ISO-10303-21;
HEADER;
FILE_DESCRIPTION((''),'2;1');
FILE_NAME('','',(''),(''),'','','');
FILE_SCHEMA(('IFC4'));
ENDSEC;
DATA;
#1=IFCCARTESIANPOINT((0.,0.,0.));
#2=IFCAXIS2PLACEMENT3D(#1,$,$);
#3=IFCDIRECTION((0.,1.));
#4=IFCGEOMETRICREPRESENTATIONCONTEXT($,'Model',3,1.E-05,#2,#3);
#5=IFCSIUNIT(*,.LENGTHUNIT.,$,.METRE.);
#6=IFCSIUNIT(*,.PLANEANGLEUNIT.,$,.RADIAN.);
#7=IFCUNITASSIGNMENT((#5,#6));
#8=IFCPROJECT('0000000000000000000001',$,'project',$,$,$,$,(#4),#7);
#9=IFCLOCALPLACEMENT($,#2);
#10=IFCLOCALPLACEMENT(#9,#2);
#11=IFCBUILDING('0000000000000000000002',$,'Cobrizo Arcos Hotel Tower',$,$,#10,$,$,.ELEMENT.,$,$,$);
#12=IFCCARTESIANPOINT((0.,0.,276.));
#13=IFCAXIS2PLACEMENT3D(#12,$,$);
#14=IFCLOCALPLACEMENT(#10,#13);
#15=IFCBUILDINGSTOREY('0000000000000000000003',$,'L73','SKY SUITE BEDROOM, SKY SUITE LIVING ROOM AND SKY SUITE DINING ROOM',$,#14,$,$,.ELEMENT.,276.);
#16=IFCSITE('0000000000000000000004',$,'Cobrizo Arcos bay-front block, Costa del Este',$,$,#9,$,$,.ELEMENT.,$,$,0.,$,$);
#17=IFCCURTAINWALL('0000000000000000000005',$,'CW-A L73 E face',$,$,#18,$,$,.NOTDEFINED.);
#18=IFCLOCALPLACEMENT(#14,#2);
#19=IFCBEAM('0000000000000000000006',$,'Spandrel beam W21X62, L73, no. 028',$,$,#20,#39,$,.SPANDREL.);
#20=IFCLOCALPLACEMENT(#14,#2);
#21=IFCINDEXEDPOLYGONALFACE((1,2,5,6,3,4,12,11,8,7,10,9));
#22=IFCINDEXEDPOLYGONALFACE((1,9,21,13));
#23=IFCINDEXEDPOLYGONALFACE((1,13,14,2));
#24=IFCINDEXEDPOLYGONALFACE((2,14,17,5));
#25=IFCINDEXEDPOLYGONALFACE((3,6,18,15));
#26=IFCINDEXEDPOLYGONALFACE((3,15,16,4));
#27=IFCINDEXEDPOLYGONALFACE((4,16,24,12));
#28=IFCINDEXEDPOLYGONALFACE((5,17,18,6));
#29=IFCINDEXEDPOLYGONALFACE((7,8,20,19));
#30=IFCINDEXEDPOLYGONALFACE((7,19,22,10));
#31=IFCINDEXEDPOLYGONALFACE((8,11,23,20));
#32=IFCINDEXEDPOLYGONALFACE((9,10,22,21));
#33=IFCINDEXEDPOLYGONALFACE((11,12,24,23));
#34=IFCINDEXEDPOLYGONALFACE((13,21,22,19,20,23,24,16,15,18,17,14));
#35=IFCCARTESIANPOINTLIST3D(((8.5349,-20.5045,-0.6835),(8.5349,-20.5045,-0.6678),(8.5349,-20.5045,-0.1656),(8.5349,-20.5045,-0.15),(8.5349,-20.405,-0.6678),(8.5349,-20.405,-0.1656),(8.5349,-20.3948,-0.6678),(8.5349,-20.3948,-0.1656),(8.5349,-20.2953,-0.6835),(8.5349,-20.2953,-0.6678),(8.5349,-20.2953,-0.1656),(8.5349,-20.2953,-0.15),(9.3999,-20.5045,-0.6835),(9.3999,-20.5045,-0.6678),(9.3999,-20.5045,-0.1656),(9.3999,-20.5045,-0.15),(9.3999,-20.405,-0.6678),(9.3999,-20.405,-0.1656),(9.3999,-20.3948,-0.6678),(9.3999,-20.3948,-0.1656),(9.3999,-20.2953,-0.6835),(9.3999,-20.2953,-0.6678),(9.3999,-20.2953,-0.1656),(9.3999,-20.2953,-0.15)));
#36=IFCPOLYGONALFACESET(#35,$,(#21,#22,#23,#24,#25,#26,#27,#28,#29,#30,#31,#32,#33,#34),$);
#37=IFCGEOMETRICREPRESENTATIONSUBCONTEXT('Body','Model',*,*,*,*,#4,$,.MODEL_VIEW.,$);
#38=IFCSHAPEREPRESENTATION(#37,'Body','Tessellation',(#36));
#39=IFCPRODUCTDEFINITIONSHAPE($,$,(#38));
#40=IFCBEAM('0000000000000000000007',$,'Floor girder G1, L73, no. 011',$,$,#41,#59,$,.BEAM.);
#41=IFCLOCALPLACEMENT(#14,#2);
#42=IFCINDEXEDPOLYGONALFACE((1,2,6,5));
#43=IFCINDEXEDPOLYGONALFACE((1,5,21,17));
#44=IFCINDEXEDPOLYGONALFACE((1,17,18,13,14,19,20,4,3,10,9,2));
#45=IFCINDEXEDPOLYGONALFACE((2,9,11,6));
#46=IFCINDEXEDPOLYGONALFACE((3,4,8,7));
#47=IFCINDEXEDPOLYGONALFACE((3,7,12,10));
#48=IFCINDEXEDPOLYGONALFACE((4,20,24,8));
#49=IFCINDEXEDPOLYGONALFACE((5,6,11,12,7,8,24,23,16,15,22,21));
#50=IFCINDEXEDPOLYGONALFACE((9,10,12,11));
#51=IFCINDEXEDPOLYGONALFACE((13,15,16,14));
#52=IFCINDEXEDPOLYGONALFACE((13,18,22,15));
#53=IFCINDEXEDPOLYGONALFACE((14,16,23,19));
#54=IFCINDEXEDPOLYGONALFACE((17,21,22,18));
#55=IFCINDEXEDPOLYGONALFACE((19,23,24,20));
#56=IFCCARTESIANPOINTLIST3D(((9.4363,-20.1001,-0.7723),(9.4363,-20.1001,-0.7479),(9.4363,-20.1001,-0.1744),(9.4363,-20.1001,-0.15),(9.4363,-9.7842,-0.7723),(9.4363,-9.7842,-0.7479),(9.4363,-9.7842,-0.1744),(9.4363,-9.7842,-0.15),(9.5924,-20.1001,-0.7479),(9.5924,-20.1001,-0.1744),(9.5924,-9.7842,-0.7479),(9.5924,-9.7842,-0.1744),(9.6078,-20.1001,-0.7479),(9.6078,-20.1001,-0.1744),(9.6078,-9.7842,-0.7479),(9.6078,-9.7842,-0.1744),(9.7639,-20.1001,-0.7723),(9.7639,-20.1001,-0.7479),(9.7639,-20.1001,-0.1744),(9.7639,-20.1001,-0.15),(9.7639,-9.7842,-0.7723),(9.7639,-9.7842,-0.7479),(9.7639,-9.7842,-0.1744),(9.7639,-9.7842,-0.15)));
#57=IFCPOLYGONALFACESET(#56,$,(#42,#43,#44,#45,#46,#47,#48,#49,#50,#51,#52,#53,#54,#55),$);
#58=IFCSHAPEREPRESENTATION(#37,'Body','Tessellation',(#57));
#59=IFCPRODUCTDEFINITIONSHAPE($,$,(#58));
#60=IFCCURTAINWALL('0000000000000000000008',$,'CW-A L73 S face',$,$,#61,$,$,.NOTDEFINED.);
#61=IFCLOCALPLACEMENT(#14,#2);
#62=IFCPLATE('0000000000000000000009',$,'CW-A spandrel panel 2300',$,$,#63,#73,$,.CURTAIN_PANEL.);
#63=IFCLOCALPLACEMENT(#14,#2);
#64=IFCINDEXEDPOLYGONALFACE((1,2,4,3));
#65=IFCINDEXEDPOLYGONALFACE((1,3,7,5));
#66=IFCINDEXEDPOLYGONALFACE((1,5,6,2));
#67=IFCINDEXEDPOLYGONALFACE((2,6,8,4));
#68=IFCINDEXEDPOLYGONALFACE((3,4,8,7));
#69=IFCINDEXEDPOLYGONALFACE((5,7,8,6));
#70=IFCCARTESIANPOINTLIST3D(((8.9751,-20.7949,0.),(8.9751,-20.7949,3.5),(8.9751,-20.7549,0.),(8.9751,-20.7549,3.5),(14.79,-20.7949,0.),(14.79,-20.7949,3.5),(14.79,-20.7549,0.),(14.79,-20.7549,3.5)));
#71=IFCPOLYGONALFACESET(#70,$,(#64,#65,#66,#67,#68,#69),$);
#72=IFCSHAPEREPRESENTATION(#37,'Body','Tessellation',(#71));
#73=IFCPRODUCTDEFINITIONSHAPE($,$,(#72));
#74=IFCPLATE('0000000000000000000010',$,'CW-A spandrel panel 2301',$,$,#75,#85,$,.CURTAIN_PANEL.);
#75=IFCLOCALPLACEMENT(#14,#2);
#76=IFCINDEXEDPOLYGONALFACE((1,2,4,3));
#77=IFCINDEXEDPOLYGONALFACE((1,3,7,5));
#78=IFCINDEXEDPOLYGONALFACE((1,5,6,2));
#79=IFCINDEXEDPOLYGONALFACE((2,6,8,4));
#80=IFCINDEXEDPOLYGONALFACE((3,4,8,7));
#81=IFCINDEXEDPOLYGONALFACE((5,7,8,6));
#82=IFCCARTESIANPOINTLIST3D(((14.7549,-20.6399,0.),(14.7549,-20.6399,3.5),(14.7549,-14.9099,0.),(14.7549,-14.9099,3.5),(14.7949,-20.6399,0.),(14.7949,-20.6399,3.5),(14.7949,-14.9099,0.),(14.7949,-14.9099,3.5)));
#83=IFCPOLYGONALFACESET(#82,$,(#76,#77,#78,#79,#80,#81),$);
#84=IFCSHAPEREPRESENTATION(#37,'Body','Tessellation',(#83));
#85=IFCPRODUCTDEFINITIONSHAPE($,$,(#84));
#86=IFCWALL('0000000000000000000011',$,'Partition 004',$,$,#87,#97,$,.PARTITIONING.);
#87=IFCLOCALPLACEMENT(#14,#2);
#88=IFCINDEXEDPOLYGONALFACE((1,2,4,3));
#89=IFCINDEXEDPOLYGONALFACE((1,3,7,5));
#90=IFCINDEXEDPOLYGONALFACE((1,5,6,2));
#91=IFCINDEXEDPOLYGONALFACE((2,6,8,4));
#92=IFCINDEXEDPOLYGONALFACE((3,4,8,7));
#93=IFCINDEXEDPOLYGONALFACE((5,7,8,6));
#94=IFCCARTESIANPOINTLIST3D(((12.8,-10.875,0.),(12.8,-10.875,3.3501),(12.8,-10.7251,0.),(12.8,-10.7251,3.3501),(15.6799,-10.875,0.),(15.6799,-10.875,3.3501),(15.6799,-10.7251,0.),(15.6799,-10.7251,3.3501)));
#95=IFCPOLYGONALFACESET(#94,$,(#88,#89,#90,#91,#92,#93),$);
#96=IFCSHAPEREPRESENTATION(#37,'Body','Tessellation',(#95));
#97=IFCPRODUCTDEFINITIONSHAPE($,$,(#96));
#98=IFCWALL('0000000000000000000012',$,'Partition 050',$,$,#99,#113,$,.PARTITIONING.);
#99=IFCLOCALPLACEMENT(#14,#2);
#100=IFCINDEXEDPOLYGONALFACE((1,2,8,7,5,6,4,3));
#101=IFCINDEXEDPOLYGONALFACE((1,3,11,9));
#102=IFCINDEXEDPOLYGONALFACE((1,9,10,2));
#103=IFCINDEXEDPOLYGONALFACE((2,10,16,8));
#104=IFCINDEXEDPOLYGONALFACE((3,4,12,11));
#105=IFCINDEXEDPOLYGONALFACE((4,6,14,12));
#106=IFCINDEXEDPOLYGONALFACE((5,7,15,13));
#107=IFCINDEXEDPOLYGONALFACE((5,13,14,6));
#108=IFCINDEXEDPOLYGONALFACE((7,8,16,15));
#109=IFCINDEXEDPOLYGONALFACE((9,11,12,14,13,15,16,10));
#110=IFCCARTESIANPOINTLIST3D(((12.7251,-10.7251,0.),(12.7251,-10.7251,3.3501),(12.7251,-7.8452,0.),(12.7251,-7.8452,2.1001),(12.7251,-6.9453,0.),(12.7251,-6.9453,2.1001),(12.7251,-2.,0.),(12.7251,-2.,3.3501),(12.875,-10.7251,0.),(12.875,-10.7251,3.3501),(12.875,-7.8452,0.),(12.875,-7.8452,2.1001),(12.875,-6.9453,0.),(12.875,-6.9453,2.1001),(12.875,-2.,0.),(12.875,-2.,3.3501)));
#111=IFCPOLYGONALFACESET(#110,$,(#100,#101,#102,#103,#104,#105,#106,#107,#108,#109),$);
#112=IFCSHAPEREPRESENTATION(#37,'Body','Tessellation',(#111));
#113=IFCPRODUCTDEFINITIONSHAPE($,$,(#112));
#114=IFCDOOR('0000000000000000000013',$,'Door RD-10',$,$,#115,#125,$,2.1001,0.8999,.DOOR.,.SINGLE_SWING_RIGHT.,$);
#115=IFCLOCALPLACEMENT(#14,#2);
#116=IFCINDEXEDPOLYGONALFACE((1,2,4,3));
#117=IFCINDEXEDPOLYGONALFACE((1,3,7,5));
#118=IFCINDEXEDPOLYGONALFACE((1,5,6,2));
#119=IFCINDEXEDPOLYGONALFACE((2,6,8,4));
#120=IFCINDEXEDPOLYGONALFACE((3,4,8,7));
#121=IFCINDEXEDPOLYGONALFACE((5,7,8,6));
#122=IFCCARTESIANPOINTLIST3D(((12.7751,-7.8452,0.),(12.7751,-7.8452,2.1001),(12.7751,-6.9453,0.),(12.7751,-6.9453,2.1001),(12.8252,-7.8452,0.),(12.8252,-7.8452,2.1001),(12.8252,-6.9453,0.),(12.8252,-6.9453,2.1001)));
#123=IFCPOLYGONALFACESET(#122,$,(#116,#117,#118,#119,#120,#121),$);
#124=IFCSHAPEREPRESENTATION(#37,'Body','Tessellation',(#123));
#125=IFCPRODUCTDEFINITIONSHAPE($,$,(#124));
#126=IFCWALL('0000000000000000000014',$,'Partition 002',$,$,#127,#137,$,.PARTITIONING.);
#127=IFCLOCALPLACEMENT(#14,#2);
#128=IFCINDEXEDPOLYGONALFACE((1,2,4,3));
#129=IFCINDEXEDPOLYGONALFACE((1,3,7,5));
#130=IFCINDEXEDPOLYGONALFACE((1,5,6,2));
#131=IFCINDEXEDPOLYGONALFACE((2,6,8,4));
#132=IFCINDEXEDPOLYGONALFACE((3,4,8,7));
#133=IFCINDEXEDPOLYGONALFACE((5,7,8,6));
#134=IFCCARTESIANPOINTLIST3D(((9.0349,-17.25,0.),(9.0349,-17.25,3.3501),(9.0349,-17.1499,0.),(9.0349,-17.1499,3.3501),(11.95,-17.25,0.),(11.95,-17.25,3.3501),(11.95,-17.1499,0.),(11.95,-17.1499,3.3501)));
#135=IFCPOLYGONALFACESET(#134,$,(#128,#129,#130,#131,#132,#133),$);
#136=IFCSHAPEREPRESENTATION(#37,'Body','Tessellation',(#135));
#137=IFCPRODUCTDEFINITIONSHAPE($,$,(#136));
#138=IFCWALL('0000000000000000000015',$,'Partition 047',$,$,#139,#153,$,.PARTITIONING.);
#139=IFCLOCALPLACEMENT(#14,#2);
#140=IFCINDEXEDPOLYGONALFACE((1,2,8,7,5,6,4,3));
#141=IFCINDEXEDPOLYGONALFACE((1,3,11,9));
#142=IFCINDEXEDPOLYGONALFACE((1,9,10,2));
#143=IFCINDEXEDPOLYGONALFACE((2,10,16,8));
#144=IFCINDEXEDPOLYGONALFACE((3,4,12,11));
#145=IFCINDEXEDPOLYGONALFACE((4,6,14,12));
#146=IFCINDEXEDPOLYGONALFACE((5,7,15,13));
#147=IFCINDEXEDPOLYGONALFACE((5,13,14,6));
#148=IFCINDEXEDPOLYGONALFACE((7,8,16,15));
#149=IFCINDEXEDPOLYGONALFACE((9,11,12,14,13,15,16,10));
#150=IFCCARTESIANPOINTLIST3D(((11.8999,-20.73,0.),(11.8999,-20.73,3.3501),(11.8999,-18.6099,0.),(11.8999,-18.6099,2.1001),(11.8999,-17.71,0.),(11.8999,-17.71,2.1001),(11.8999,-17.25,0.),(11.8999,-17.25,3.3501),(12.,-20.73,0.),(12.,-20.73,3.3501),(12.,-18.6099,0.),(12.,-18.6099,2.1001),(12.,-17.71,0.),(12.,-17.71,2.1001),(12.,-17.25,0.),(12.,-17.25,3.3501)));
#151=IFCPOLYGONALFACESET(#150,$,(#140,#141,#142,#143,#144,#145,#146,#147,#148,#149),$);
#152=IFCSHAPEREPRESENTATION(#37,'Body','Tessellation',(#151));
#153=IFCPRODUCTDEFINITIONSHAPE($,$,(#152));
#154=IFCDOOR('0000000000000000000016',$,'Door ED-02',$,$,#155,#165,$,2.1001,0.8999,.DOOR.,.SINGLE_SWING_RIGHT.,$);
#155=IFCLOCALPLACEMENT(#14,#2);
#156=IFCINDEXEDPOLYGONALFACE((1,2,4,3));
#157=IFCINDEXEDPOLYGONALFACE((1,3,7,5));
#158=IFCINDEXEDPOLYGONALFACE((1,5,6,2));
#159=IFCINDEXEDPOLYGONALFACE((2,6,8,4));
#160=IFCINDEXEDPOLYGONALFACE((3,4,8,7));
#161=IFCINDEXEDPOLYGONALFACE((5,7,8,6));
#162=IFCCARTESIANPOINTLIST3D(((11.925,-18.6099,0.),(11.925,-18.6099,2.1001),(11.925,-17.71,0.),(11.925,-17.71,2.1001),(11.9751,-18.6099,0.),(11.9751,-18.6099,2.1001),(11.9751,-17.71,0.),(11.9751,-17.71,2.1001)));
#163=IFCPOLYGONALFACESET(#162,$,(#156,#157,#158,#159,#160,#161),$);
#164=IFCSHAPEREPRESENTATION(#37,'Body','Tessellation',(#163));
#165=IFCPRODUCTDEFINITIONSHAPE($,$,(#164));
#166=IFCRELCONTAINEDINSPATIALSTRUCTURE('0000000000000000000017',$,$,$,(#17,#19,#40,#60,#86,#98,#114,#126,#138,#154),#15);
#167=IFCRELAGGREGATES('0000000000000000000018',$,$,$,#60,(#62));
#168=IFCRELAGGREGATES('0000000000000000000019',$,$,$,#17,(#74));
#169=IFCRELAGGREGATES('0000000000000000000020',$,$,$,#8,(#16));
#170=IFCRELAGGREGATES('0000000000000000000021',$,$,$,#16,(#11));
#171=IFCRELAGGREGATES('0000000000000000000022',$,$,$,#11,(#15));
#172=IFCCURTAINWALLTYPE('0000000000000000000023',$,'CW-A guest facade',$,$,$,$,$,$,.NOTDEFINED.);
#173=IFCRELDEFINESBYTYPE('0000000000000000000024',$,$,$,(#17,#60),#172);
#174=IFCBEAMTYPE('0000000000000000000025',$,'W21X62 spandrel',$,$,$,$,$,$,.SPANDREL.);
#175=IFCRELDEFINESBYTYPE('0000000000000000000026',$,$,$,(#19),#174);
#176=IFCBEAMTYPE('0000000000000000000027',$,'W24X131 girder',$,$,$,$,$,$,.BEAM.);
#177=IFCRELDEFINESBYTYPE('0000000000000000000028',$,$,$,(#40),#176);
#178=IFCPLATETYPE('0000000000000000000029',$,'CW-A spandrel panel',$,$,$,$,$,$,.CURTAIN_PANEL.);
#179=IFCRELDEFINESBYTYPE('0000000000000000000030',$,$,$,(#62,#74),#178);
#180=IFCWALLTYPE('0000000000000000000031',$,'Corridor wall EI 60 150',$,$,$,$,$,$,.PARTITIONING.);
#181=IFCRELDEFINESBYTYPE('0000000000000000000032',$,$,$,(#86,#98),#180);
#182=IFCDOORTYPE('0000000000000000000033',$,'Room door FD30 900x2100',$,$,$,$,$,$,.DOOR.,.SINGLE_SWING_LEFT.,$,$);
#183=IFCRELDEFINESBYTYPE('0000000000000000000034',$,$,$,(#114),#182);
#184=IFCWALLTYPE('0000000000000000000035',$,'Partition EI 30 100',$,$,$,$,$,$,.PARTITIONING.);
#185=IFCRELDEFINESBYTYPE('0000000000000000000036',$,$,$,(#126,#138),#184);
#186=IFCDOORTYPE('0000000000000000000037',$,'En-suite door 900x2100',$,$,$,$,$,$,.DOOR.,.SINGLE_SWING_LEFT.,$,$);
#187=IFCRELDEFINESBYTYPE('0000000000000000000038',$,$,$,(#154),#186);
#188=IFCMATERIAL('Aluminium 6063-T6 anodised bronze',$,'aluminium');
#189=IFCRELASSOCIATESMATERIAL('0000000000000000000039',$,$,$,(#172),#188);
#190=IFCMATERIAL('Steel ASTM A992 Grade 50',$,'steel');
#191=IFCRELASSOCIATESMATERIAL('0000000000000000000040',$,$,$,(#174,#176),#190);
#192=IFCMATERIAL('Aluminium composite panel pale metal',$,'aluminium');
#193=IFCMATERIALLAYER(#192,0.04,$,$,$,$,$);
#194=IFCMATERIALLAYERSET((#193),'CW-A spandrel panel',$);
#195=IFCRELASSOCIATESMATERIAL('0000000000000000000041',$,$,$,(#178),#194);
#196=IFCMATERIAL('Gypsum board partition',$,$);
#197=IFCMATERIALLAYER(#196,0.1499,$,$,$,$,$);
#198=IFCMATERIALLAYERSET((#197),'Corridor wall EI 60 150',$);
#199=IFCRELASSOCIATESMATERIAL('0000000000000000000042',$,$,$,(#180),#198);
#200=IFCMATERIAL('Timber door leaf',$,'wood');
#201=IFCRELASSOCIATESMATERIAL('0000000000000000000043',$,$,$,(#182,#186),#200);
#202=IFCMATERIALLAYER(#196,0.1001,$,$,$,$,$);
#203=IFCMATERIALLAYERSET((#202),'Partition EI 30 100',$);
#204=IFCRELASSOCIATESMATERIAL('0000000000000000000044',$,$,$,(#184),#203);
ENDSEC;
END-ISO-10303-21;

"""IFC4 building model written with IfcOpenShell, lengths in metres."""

from ifc_helpers import new_model, si_unit, direction, frame, frame_2d, origin, origin_2d, place, context, subcontext, project, spatial, rectangle, i_section, extrude, material, layer, layer_set, material_profile, profile_set, type_object, element, fill, aggregate, save


model = new_model("IFC4")

# Units and contexts
model_context = context("Model", 3, precision=1e-05, world=origin(), true_north=direction((0.0, 1.0)))
body_context = subcontext(model_context, "Body", "Model", "MODEL_VIEW")
ifc_project = project(units=[si_unit("LENGTHUNIT", "METRE"), si_unit("PLANEANGLEUNIT", "RADIAN")], contexts=[model_context])

# Site, building, storey
site_placement = place(None, origin())
site = spatial("IfcSite", under=ifc_project, at=site_placement, Name="Cobrizo Arcos bay-front block, Costa del Este", CompositionType="ELEMENT", RefElevation=0.0)
building_placement = place(site_placement, origin())
building = spatial("IfcBuilding", under=site, at=building_placement, Name="Cobrizo Arcos Hotel Tower", CompositionType="ELEMENT")
storey_placement = place(building_placement, frame((0.0, 0.0, 276.0)))
storey = spatial("IfcBuildingStorey", under=building, at=storey_placement, Name="L73", Description="SKY SUITE BEDROOM, SKY SUITE LIVING ROOM AND SKY SUITE DINING ROOM", CompositionType="ELEMENT", Elevation=276.0)

# Curtain wall
ifc_material_1 = material(Name="Aluminium 6063-T6 anodised bronze", Category="aluminium")
curtain_wall_type = type_object("IfcCurtainWallType", Name="CW-A guest facade", PredefinedType="NOTDEFINED", material=ifc_material_1)
curtain_wall_1_placement = place(storey_placement, origin())
curtain_wall_1 = element("IfcCurtainWall", 1, at=curtain_wall_1_placement, inside=storey, type_object=curtain_wall_type, Name="CW-A L73 E face", PredefinedType="NOTDEFINED")

# Beams
ifc_material_2 = material(Name="Steel ASTM A992 Grade 50", Category="steel")
ifc_material_profile_1 = material_profile(ifc_material_2, i_section(OverallWidth=0.2092, OverallDepth=0.5334, WebThickness=0.0103, FlangeThickness=0.0156, at=origin_2d()), Name="W21X62")
ifc_profile_set_1 = profile_set([ifc_material_profile_1], Name="Steel ASTM A992 Grade 50")
beam_type_1 = type_object("IfcBeamType", Name="W21X62 spandrel", PredefinedType="SPANDREL", material=ifc_profile_set_1)
beam_1_placement = place(storey_placement, frame((9.3999, -20.3999, -0.4167), z_axis=(-1.0, 0.0, 0.0), x_axis=(0.0, -1.0, 0.0)))
element("IfcBeam", 2, at=beam_1_placement, inside=storey, type_object=beam_type_1, Name="Spandrel beam W21X62, L73, no. 028", PredefinedType="SPANDREL", context=body_context, shape_type="SweptSolid", body=[
    extrude(i_section(OverallWidth=0.2092, OverallDepth=0.5334, WebThickness=0.0103, FlangeThickness=0.0156, at=origin_2d()), origin(), (0.0, 0.0, 1.0), 0.865),
])
ifc_material_profile_2 = material_profile(ifc_material_2, i_section(OverallWidth=0.3276, OverallDepth=0.6223, WebThickness=0.0154, FlangeThickness=0.0244, at=origin_2d()), Name="W24X131")
ifc_profile_set_2 = profile_set([ifc_material_profile_2], Name="Steel ASTM A992 Grade 50")
beam_type_2 = type_object("IfcBeamType", Name="W24X131 girder", PredefinedType="BEAM", material=ifc_profile_set_2)
beam_2_placement = place(storey_placement, frame((9.6001, -20.1001, -0.4612), z_axis=(0.0, 1.0, 0.0), x_axis=(-1.0, 0.0, 0.0)))
element("IfcBeam", 3, at=beam_2_placement, inside=storey, type_object=beam_type_2, Name="Floor girder G1, L73, no. 011", PredefinedType="BEAM", context=body_context, shape_type="SweptSolid", body=[
    extrude(i_section(OverallWidth=0.3276, OverallDepth=0.6223, WebThickness=0.0154, FlangeThickness=0.0244, at=origin_2d()), origin(), (0.0, 0.0, 1.0), 10.3159),
])

# Curtain wall, plate
curtain_wall_2_placement = place(storey_placement, origin())
curtain_wall_2 = element("IfcCurtainWall", 4, at=curtain_wall_2_placement, inside=storey, type_object=curtain_wall_type, Name="CW-A L73 S face", PredefinedType="NOTDEFINED")
ifc_material_3 = material(Name="Aluminium composite panel pale metal", Category="aluminium")
ifc_layer_1 = layer(ifc_material_3, 0.04)
ifc_layer_set_1 = layer_set([ifc_layer_1], Name="CW-A spandrel panel")
plate_type = type_object("IfcPlateType", Name="CW-A spandrel panel", PredefinedType="CURTAIN_PANEL", material=ifc_layer_set_1)
plate_1_placement = place(storey_placement, frame((11.8826, -20.7749, 0.0), z_axis=(0.0, 0.0, 1.0), x_axis=(1.0, 0.0, 0.0)))
plate_1 = element("IfcPlate", 5, at=plate_1_placement, type_object=plate_type, Name="CW-A spandrel panel 2300", PredefinedType="CURTAIN_PANEL", context=body_context, shape_type="SweptSolid", body=[
    extrude(rectangle(XDim=5.8149, YDim=0.04, at=origin_2d()), origin(), (0.0, 0.0, 1.0), 3.5),
])
aggregate(curtain_wall_2, [plate_1])

# Plate
plate_2_placement = place(storey_placement, frame((14.7749, -17.7749, 0.0), z_axis=(0.0, 0.0, 1.0), x_axis=(0.0, 1.0, 0.0)))
plate_2 = element("IfcPlate", 6, at=plate_2_placement, type_object=plate_type, Name="CW-A spandrel panel 2301", PredefinedType="CURTAIN_PANEL", context=body_context, shape_type="SweptSolid", body=[
    extrude(rectangle(XDim=5.73, YDim=0.04, at=origin_2d()), origin(), (0.0, 0.0, 1.0), 3.5),
])
aggregate(curtain_wall_1, [plate_2])

# Wall
ifc_material_4 = material(Name="Gypsum board partition")
ifc_layer_2 = layer(ifc_material_4, 0.1499)
ifc_layer_set_2 = layer_set([ifc_layer_2], Name="Corridor wall EI 60 150")
wall_type_1 = type_object("IfcWallType", Name="Corridor wall EI 60 150", PredefinedType="PARTITIONING", material=ifc_layer_set_2)
wall_1_placement = place(storey_placement, frame((12.8, -10.8, 0.0), z_axis=(0.0, 0.0, 1.0), x_axis=(1.0, 0.0, 0.0)))
element("IfcWall", 7, at=wall_1_placement, inside=storey, type_object=wall_type_1, Name="Partition 004", PredefinedType="PARTITIONING", context=body_context, shape_type="SweptSolid", body=[
    extrude(rectangle(XDim=2.8799, YDim=0.1499, at=frame_2d((1.4399, 0.0))), origin(), (0.0, 0.0, 1.0), 3.3501),
])

# Wall, opening, door
wall_2_placement = place(storey_placement, frame((12.8, -10.7251, 0.0), z_axis=(0.0, 0.0, 1.0), x_axis=(0.0, 1.0, 0.0)))
wall_2 = element("IfcWall", 8, at=wall_2_placement, inside=storey, type_object=wall_type_1, Name="Partition 050", PredefinedType="PARTITIONING", context=body_context, shape_type="SweptSolid", body=[
    extrude(rectangle(XDim=8.7251, YDim=0.1499, at=frame_2d((4.3625, 0.0))), origin(), (0.0, 0.0, 1.0), 3.3501),
])
opening_1_placement = place(wall_2_placement, frame((2.8799, 0.0, 0.0)))
opening_1 = element("IfcOpeningElement", 9, at=opening_1_placement, cuts=wall_2, PredefinedType="OPENING", context=body_context, shape_type="SweptSolid", body=[
    extrude(rectangle(XDim=0.8999, YDim=2.1001, at=frame_2d((0.45, 1.05))), frame((0.0, 0.0869, 0.0), z_axis=(0.0, -1.0, 0.0), x_axis=(1.0, 0.0, 0.0)), (0.0, 0.0, 1.0), 0.1738),
])
ifc_material_5 = material(Name="Timber door leaf", Category="wood")
door_type_1 = type_object("IfcDoorType", Name="Room door FD30 900x2100", OperationType="SINGLE_SWING_LEFT", PredefinedType="DOOR", material=ifc_material_5)
door_1_placement = place(opening_1_placement, origin())
door_1 = element("IfcDoor", 10, at=door_1_placement, inside=storey, type_object=door_type_1, Name="Door RD-10", OperationType="SINGLE_SWING_RIGHT", OverallHeight=2.1001, OverallWidth=0.8999, PredefinedType="DOOR", context=body_context, shape_type="SweptSolid", body=[
    extrude(rectangle(XDim=0.8999, YDim=2.1001, at=frame_2d((0.45, 1.05))), frame((0.0, 0.0249, 0.0), z_axis=(0.0, -1.0, 0.0), x_axis=(1.0, 0.0, 0.0)), (0.0, 0.0, 1.0), 0.05),
])
fill(opening_1, door_1)

# Wall
ifc_layer_3 = layer(ifc_material_4, 0.1001)
ifc_layer_set_3 = layer_set([ifc_layer_3], Name="Partition EI 30 100")
wall_type_2 = type_object("IfcWallType", Name="Partition EI 30 100", PredefinedType="PARTITIONING", material=ifc_layer_set_3)
wall_3_placement = place(storey_placement, frame((9.0349, -17.2, 0.0), z_axis=(0.0, 0.0, 1.0), x_axis=(1.0, 0.0, 0.0)))
element("IfcWall", 11, at=wall_3_placement, inside=storey, type_object=wall_type_2, Name="Partition 002", PredefinedType="PARTITIONING", context=body_context, shape_type="SweptSolid", body=[
    extrude(rectangle(XDim=2.915, YDim=0.1001, at=frame_2d((1.4575, 0.0))), origin(), (0.0, 0.0, 1.0), 3.3501),
])

# Wall, opening, door
wall_4_placement = place(storey_placement, frame((11.95, -20.73, 0.0), z_axis=(0.0, 0.0, 1.0), x_axis=(0.0, 1.0, 0.0)))
wall_4 = element("IfcWall", 12, at=wall_4_placement, inside=storey, type_object=wall_type_2, Name="Partition 047", PredefinedType="PARTITIONING", context=body_context, shape_type="SweptSolid", body=[
    extrude(rectangle(XDim=3.48, YDim=0.1001, at=frame_2d((1.74, 0.0))), origin(), (0.0, 0.0, 1.0), 3.3501),
])
opening_2_placement = place(wall_4_placement, frame((2.1201, 0.0, 0.0)))
opening_2 = element("IfcOpeningElement", 13, at=opening_2_placement, cuts=wall_4, PredefinedType="OPENING", context=body_context, shape_type="SweptSolid", body=[
    extrude(rectangle(XDim=0.8999, YDim=2.1001, at=frame_2d((0.45, 1.05))), frame((0.0, 0.062, 0.0), z_axis=(0.0, -1.0, 0.0), x_axis=(1.0, 0.0, 0.0)), (0.0, 0.0, 1.0), 0.124),
])
door_type_2 = type_object("IfcDoorType", Name="En-suite door 900x2100", OperationType="SINGLE_SWING_LEFT", PredefinedType="DOOR", material=ifc_material_5)
door_2_placement = place(opening_2_placement, origin())
door_2 = element("IfcDoor", 14, at=door_2_placement, inside=storey, type_object=door_type_2, Name="Door ED-02", OperationType="SINGLE_SWING_RIGHT", OverallHeight=2.1001, OverallWidth=0.8999, PredefinedType="DOOR", context=body_context, shape_type="SweptSolid", body=[
    extrude(rectangle(XDim=0.8999, YDim=2.1001, at=frame_2d((0.45, 1.05))), frame((0.0, 0.0249, 0.0), z_axis=(0.0, -1.0, 0.0), x_axis=(1.0, 0.0, 0.0)), (0.0, 0.0, 1.0), 0.05),
])
fill(opening_2, door_2)

save(model, "model.ifc")
